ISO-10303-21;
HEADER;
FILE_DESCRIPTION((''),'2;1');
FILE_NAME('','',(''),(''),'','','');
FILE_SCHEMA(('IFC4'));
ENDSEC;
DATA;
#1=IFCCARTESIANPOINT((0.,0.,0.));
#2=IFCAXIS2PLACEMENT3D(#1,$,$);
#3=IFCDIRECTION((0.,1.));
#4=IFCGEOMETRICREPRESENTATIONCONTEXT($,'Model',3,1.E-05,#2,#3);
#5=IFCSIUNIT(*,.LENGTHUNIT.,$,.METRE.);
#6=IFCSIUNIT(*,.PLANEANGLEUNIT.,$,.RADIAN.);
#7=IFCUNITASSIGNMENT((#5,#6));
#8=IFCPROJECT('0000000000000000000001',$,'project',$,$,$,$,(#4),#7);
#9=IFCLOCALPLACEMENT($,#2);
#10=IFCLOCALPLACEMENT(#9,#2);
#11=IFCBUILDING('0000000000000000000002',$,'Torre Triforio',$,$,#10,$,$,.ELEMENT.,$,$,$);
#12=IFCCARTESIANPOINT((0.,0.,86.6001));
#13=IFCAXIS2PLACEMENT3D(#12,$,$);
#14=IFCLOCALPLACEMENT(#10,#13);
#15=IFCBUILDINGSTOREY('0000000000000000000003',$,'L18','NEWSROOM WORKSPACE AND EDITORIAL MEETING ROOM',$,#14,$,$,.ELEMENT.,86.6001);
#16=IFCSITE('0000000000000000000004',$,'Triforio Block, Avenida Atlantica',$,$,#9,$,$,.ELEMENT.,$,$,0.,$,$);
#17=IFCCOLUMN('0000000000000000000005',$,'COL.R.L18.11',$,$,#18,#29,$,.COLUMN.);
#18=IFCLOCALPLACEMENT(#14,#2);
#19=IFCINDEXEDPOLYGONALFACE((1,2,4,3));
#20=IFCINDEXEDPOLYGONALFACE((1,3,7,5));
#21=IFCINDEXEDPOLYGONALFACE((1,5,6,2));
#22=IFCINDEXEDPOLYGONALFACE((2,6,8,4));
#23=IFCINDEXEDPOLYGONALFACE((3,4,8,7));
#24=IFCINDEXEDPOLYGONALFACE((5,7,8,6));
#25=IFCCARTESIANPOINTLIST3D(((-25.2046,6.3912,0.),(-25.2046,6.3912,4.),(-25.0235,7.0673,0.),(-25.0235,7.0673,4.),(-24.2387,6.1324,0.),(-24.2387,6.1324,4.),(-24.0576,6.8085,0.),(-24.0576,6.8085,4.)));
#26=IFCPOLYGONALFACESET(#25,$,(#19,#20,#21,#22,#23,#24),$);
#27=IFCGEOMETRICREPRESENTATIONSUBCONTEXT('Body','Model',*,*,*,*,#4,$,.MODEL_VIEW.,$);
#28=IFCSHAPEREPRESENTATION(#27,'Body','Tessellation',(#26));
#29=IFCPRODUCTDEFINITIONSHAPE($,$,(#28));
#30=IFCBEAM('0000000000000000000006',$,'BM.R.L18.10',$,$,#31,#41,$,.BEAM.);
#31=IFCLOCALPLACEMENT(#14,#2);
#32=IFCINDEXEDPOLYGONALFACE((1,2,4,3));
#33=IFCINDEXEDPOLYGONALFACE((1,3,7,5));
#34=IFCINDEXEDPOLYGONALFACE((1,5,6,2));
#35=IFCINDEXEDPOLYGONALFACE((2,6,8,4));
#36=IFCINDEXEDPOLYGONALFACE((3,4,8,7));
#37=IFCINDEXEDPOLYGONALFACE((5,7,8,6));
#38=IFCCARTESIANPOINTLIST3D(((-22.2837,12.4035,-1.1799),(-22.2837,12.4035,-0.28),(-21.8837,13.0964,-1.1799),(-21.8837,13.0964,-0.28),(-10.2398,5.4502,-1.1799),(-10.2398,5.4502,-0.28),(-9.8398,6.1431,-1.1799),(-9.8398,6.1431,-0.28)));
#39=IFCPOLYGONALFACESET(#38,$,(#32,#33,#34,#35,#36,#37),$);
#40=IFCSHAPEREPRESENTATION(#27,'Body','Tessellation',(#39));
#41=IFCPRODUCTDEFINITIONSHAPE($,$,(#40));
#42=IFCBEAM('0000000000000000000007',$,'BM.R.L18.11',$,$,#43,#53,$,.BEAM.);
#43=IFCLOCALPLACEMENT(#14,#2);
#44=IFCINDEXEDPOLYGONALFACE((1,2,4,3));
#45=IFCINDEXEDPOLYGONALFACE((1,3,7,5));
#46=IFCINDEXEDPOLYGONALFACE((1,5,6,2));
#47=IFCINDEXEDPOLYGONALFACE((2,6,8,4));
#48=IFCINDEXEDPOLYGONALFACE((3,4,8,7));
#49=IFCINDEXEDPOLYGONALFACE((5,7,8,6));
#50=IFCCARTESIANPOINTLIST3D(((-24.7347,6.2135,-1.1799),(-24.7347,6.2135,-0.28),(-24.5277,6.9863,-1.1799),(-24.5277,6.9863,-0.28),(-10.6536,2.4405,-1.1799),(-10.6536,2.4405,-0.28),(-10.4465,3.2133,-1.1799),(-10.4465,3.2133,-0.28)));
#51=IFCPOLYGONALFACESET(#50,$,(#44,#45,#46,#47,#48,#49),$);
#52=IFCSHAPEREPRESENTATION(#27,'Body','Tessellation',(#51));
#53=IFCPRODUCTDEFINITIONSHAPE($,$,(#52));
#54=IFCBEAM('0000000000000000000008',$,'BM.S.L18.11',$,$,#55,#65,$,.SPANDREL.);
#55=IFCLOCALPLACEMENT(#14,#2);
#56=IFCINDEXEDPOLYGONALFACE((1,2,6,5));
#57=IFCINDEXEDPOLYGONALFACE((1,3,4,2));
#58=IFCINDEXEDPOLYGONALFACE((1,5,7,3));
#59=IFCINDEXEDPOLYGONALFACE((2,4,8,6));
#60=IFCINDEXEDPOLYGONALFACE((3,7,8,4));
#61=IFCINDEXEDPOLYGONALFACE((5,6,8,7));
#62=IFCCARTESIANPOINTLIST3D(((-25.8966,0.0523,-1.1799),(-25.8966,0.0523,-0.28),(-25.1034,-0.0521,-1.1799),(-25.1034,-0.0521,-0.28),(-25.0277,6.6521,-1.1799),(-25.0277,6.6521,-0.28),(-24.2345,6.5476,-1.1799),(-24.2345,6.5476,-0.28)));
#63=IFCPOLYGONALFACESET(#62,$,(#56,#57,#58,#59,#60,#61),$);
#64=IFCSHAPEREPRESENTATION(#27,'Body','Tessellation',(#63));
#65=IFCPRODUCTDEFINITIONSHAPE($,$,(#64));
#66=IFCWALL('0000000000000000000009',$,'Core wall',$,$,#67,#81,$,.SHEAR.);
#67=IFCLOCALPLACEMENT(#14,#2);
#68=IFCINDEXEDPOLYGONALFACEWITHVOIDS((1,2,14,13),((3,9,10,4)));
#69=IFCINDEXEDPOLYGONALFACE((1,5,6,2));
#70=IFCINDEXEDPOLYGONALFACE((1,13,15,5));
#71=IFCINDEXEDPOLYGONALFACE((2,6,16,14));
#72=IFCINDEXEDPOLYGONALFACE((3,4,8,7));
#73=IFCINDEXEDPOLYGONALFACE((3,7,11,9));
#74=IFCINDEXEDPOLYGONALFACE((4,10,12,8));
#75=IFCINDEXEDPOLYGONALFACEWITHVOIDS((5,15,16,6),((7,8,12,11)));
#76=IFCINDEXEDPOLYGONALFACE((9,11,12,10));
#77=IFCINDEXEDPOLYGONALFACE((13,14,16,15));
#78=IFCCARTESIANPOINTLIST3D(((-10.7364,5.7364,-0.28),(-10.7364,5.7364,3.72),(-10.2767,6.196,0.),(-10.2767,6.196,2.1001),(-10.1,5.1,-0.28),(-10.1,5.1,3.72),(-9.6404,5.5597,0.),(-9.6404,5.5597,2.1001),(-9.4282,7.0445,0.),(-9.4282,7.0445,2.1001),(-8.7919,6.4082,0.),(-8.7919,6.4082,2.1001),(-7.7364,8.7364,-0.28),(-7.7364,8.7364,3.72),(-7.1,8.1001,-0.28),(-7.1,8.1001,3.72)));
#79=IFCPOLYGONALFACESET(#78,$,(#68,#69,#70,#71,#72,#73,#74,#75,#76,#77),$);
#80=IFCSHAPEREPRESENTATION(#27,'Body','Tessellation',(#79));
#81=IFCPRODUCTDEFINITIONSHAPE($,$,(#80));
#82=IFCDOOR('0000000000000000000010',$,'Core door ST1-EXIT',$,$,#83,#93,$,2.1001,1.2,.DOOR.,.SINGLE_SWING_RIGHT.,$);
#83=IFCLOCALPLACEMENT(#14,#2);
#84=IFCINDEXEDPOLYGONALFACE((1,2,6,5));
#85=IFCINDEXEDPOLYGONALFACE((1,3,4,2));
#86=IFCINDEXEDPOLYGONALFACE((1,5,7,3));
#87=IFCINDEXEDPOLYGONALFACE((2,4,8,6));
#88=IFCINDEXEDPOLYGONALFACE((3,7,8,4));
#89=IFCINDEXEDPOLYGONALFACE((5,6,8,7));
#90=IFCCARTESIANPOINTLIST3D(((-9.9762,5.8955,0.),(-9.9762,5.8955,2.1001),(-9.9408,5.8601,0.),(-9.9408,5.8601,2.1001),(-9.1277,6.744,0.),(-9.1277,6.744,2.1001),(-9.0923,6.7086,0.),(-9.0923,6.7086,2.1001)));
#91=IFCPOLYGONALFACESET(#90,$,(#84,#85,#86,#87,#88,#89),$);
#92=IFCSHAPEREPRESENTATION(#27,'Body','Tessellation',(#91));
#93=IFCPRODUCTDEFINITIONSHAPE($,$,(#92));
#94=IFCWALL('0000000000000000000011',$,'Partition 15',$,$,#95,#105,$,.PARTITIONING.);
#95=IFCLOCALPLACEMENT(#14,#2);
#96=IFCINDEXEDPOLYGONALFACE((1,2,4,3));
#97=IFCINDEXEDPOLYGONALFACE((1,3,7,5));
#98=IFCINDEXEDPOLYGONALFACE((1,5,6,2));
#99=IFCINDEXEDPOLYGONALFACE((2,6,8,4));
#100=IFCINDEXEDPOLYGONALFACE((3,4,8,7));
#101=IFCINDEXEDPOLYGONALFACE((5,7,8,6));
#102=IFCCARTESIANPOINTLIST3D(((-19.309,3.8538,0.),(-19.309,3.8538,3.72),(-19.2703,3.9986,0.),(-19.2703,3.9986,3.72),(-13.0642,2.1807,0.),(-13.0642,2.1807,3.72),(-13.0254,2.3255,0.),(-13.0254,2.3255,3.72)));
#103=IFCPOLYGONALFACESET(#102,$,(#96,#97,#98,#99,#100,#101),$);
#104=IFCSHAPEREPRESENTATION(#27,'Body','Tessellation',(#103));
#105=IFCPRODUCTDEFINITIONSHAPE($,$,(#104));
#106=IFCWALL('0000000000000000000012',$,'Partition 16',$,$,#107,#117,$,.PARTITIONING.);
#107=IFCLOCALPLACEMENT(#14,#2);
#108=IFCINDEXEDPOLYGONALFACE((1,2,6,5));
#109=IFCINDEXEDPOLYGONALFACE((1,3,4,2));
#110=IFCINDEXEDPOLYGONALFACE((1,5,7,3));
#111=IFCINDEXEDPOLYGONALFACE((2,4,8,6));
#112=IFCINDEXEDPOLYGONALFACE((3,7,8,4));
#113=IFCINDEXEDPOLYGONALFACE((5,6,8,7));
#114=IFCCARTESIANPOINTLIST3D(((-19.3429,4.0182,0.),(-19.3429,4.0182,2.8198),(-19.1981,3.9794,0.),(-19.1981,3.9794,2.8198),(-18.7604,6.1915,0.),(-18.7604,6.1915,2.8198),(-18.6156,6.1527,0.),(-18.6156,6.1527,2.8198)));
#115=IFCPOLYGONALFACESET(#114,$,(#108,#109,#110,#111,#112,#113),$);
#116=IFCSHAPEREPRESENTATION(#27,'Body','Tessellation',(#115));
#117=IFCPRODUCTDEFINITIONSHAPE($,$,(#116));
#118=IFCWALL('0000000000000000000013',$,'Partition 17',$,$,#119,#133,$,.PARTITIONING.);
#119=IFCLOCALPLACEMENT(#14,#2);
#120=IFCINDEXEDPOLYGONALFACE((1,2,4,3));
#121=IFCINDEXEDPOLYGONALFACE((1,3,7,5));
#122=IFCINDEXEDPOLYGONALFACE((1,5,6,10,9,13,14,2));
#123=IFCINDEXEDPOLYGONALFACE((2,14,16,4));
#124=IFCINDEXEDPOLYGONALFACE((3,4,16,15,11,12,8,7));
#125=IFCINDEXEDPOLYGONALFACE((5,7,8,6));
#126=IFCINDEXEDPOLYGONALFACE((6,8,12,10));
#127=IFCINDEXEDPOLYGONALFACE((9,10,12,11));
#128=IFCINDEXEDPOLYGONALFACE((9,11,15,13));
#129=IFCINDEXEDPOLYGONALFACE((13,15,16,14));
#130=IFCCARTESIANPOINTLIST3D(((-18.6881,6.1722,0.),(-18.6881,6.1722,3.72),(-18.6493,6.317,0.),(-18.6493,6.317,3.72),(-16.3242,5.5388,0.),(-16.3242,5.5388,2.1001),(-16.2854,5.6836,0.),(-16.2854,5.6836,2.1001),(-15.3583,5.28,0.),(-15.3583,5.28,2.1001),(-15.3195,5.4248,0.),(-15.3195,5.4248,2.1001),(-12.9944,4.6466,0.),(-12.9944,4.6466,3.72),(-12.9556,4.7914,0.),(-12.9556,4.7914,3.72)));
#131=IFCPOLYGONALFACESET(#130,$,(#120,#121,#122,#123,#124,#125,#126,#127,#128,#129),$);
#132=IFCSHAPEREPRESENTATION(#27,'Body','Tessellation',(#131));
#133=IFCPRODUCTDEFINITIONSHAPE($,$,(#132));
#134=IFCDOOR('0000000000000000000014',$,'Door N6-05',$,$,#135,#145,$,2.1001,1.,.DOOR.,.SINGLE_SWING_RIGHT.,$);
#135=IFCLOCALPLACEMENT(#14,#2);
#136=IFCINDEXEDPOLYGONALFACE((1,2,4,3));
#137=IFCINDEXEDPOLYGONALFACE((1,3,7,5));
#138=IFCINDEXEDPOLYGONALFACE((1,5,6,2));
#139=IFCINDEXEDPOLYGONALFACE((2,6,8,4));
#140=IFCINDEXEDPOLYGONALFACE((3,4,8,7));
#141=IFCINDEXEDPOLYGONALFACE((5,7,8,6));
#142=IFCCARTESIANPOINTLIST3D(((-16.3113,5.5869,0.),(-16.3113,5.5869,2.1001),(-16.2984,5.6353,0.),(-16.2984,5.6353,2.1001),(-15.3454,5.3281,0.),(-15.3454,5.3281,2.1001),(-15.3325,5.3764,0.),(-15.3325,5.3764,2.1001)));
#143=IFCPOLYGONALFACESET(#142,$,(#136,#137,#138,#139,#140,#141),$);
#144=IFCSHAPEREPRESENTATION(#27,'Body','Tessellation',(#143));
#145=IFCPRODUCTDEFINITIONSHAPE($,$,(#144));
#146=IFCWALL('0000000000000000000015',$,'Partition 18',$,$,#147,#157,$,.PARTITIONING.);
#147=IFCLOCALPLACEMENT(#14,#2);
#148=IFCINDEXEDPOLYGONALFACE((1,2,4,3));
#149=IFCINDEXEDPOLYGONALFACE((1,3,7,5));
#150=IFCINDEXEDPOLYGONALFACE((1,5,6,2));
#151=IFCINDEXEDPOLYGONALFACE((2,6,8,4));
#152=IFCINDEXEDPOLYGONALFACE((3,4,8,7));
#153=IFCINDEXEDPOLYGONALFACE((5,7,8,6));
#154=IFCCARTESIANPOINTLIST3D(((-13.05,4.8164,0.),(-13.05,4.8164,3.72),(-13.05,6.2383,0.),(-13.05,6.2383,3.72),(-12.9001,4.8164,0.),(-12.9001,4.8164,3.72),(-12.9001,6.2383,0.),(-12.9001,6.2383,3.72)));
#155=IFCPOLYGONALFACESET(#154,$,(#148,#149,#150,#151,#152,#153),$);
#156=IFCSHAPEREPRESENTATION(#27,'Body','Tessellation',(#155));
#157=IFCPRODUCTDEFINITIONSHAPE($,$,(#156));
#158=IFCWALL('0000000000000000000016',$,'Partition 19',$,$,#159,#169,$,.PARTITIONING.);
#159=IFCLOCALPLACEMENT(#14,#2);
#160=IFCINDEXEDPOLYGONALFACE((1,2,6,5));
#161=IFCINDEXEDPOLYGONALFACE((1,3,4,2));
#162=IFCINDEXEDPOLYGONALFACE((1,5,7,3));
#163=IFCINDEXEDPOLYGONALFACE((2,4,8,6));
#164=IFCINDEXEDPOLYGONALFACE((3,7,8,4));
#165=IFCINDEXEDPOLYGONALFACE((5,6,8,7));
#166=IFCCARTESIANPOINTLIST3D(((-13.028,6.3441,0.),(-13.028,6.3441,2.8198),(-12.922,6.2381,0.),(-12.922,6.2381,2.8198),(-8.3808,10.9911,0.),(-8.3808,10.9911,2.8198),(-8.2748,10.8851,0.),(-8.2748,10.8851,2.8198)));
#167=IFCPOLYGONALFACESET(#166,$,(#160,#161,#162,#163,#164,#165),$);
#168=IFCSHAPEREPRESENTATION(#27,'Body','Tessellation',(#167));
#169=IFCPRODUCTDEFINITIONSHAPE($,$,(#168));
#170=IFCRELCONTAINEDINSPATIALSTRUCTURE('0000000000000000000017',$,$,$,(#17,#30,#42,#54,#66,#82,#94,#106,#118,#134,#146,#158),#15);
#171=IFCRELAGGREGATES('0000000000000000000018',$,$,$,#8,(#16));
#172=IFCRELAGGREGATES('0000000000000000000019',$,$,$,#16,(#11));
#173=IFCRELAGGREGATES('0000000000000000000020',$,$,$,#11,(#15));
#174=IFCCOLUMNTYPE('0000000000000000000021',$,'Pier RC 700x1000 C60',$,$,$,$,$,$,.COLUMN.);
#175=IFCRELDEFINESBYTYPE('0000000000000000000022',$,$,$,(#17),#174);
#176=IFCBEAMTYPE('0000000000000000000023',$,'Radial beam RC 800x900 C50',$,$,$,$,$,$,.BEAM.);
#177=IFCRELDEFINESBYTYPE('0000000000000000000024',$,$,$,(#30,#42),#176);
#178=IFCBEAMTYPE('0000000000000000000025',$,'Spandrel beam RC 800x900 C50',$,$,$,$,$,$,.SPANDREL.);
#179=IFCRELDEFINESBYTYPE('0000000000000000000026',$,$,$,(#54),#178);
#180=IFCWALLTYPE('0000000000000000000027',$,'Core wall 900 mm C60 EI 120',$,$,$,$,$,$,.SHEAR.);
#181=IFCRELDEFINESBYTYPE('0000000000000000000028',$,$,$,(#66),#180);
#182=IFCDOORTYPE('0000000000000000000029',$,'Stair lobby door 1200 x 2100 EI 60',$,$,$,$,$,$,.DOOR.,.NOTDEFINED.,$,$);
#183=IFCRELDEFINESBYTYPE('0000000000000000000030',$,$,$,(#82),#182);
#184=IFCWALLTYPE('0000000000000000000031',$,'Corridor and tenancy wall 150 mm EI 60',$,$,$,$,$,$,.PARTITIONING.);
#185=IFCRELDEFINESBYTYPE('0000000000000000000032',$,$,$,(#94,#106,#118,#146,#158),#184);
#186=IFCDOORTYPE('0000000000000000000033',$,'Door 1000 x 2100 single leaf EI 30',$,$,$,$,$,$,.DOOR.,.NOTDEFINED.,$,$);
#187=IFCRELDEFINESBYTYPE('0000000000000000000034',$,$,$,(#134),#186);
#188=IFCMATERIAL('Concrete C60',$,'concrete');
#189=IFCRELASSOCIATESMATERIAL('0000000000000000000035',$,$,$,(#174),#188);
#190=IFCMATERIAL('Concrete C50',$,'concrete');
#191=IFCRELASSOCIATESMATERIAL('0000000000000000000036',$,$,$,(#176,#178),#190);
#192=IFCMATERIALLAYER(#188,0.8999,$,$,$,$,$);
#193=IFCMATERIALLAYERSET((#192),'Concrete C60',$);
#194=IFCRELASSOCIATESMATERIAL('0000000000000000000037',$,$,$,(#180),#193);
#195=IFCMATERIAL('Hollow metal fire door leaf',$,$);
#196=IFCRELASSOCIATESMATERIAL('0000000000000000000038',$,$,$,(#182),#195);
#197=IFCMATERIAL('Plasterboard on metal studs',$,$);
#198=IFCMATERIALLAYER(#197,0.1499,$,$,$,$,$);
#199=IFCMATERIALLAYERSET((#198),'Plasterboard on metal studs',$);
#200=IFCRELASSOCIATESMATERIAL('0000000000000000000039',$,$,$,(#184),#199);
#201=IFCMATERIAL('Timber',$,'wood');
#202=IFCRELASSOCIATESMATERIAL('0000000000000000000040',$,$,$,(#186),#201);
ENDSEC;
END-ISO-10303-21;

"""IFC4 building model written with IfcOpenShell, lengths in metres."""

from ifc_helpers import new_model, si_unit, direction, frame, frame_2d, origin, origin_2d, place, context, subcontext, project, spatial, rectangle, extrude, material, layer, layer_set, material_profile, profile_set, type_object, element, fill, save


model = new_model("IFC4")

# Units and contexts
model_context = context("Model", 3, precision=1e-05, world=origin(), true_north=direction((0.0, 1.0)))
body_context = subcontext(model_context, "Body", "Model", "MODEL_VIEW")
ifc_project = project(units=[si_unit("LENGTHUNIT", "METRE"), si_unit("PLANEANGLEUNIT", "RADIAN")], contexts=[model_context])

# Site, building, storey
site_placement = place(None, origin())
site = spatial("IfcSite", under=ifc_project, at=site_placement, Name="Triforio Block, Avenida Atlantica", CompositionType="ELEMENT", RefElevation=0.0)
building_placement = place(site_placement, origin())
building = spatial("IfcBuilding", under=site, at=building_placement, Name="Torre Triforio", CompositionType="ELEMENT")
storey_placement = place(building_placement, frame((0.0, 0.0, 86.6001)))
storey = spatial("IfcBuildingStorey", under=building, at=storey_placement, Name="L18", Description="NEWSROOM WORKSPACE AND EDITORIAL MEETING ROOM", CompositionType="ELEMENT", Elevation=86.6001)

# Column
ifc_material_1 = material(Name="Concrete C60", Category="concrete")
ifc_material_profile_1 = material_profile(ifc_material_1, rectangle(XDim=0.7, YDim=1.0, at=origin_2d()), Name="RC 700x1000")
ifc_profile_set_1 = profile_set([ifc_material_profile_1], Name="Concrete C60")
column_type = type_object("IfcColumnType", Name="Pier RC 700x1000 C60", PredefinedType="COLUMN", material=ifc_profile_set_1)
column_placement = place(storey_placement, frame((-24.6311, 6.5999, 0.0), z_axis=(0.0, 0.0, 1.0), x_axis=(-0.258819, -0.965926, 0.0)))
element("IfcColumn", 1, at=column_placement, inside=storey, type_object=column_type, Name="COL.R.L18.11", PredefinedType="COLUMN", context=body_context, shape_type="SweptSolid", body=[
    extrude(rectangle(XDim=0.7, YDim=1.0, at=origin_2d()), origin(), (0.0, 0.0, 1.0), 4.0),
])

# Beams
ifc_material_2 = material(Name="Concrete C50", Category="concrete")
ifc_material_profile_2 = material_profile(ifc_material_2, rectangle(XDim=0.8, YDim=0.8999, at=origin_2d()), Name="RC 800x900")
ifc_profile_set_2 = profile_set([ifc_material_profile_2], Name="Concrete C50")
beam_type_1 = type_object("IfcBeamType", Name="Radial beam RC 800x900 C50", PredefinedType="BEAM", material=ifc_profile_set_2)
beam_1_placement = place(storey_placement, frame((-10.0398, 5.7966, -0.73), z_axis=(-0.866032, 0.499989, 0.0), x_axis=(-0.499989, -0.866032, 0.0)))
element("IfcBeam", 2, at=beam_1_placement, inside=storey, type_object=beam_type_1, Name="BM.R.L18.10", PredefinedType="BEAM", context=body_context, shape_type="SweptSolid", body=[
    extrude(rectangle(XDim=0.8, YDim=0.8999, at=origin_2d()), origin(), (0.0, 0.0, 1.0), 13.907),
])
beam_2_placement = place(storey_placement, frame((-10.55, 2.8269, -0.73), z_axis=(-0.965927, 0.258815, 0.0), x_axis=(-0.258815, -0.965927, 0.0)))
element("IfcBeam", 3, at=beam_2_placement, inside=storey, type_object=beam_type_1, Name="BM.R.L18.11", PredefinedType="BEAM", context=body_context, shape_type="SweptSolid", body=[
    extrude(rectangle(XDim=0.8, YDim=0.8999, at=origin_2d()), origin(), (0.0, 0.0, 1.0), 14.5779),
])
ifc_material_profile_3 = material_profile(ifc_material_2, rectangle(XDim=0.8, YDim=0.8999, at=origin_2d()), Name="RC 800x900")
ifc_profile_set_3 = profile_set([ifc_material_profile_3], Name="Concrete C50")
beam_type_2 = type_object("IfcBeamType", Name="Spandrel beam RC 800x900 C50", PredefinedType="SPANDREL", material=ifc_profile_set_3)
beam_3_placement = place(storey_placement, frame((-24.6311, 6.5999, -0.73), z_axis=(-0.130528, -0.991445, 0.0), x_axis=(0.991445, -0.130528, 0.0)))
element("IfcBeam", 4, at=beam_3_placement, inside=storey, type_object=beam_type_2, Name="BM.S.L18.11", PredefinedType="SPANDREL", context=body_context, shape_type="SweptSolid", body=[
    extrude(rectangle(XDim=0.8, YDim=0.8999, at=origin_2d()), origin(), (0.0, 0.0, 1.0), 6.6567),
])

# Wall, opening, door
ifc_layer_1 = layer(ifc_material_1, 0.8999)
ifc_layer_set_1 = layer_set([ifc_layer_1], Name="Concrete C60")
wall_type_1 = type_object("IfcWallType", Name="Core wall 900 mm C60 EI 120", PredefinedType="SHEAR", material=ifc_layer_set_1)
wall_1_placement = place(storey_placement, frame((-10.4182, 5.4182, -0.28), z_axis=(0.0, 0.0, 1.0), x_axis=(0.707107, 0.707107, 0.0)))
wall_1 = element("IfcWall", 5, at=wall_1_placement, inside=storey, type_object=wall_type_1, Name="Core wall", PredefinedType="SHEAR", context=body_context, shape_type="SweptSolid", body=[
    extrude(rectangle(XDim=4.2427, YDim=0.8999, at=frame_2d((2.1213, 0.0))), origin(), (0.0, 0.0, 1.0), 4.0),
])
opening_1_placement = place(wall_1_placement, frame((0.6499, 0.0, 0.28)))
opening_1 = element("IfcOpeningElement", 6, at=opening_1_placement, cuts=wall_1, PredefinedType="OPENING", context=body_context, shape_type="SweptSolid", body=[
    extrude(rectangle(XDim=1.2, YDim=2.1001, at=frame_2d((0.6001, 1.05))), frame((0.0, 0.46, 0.0), z_axis=(0.0, -1.0, 0.0), x_axis=(1.0, 0.0, 0.0)), (0.0, 0.0, 1.0), 0.9199),
])
ifc_material_3 = material(Name="Hollow metal fire door leaf")
door_type_1 = type_object("IfcDoorType", Name="Stair lobby door 1200 x 2100 EI 60", OperationType="NOTDEFINED", PredefinedType="DOOR", material=ifc_material_3)
door_1_placement = place(opening_1_placement, origin())
door_1 = element("IfcDoor", 7, at=door_1_placement, inside=storey, type_object=door_type_1, Name="Core door ST1-EXIT", OperationType="SINGLE_SWING_RIGHT", OverallHeight=2.1001, OverallWidth=1.2, PredefinedType="DOOR", context=body_context, shape_type="SweptSolid", body=[
    extrude(rectangle(XDim=1.2, YDim=2.1001, at=frame_2d((0.6001, 1.05))), frame((0.0, 0.0249, 0.0), z_axis=(0.0, -1.0, 0.0), x_axis=(1.0, 0.0, 0.0)), (0.0, 0.0, 1.0), 0.05),
])
fill(opening_1, door_1)

# Walls
ifc_material_4 = material(Name="Plasterboard on metal studs")
ifc_layer_2 = layer(ifc_material_4, 0.1499)
ifc_layer_set_2 = layer_set([ifc_layer_2], Name="Plasterboard on metal studs")
wall_type_2 = type_object("IfcWallType", Name="Corridor and tenancy wall 150 mm EI 60", PredefinedType="PARTITIONING", material=ifc_layer_set_2)
wall_2_placement = place(storey_placement, frame((-13.0449, 2.2532, 0.0), z_axis=(0.0, 0.0, 1.0), x_axis=(-0.965934, 0.258788, 0.0)))
element("IfcWall", 8, at=wall_2_placement, inside=storey, type_object=wall_type_2, Name="Partition 15", PredefinedType="PARTITIONING", context=body_context, shape_type="SweptSolid", body=[
    extrude(rectangle(XDim=6.4651, YDim=0.1499, at=frame_2d((3.2324, 0.0))), origin(), (0.0, 0.0, 1.0), 3.72),
])
wall_3_placement = place(storey_placement, frame((-19.2705, 3.9988, 0.0), z_axis=(0.0, 0.0, 1.0), x_axis=(0.258892, 0.965906, 0.0)))
element("IfcWall", 9, at=wall_3_placement, inside=storey, type_object=wall_type_2, Name="Partition 16", PredefinedType="PARTITIONING", context=body_context, shape_type="SweptSolid", body=[
    extrude(rectangle(XDim=2.25, YDim=0.1499, at=frame_2d((1.125, 0.0))), origin(), (0.0, 0.0, 1.0), 2.8198),
])

# Wall, opening, door
wall_4_placement = place(storey_placement, frame((-18.6687, 6.2446, 0.0), z_axis=(0.0, 0.0, 1.0), x_axis=(0.965924, -0.258825, 0.0)))
wall_4 = element("IfcWall", 10, at=wall_4_placement, inside=storey, type_object=wall_type_2, Name="Partition 17", PredefinedType="PARTITIONING", context=body_context, shape_type="SweptSolid", body=[
    extrude(rectangle(XDim=5.8945, YDim=0.1499, at=frame_2d((2.9473, 0.0))), origin(), (0.0, 0.0, 1.0), 3.72),
])
opening_2_placement = place(wall_4_placement, frame((2.4473, 0.0, 0.0)))
opening_2 = element("IfcOpeningElement", 11, at=opening_2_placement, cuts=wall_4, PredefinedType="OPENING", context=body_context, shape_type="SweptSolid", body=[
    extrude(rectangle(XDim=1.0, YDim=2.1001, at=frame_2d((0.5, 1.05))), frame((0.0, 0.085, 0.0), z_axis=(0.0, -1.0, 0.0), x_axis=(1.0, 0.0, 0.0)), (0.0, 0.0, 1.0), 0.1699),
])
ifc_material_5 = material(Name="Timber", Category="wood")
door_type_2 = type_object("IfcDoorType", Name="Door 1000 x 2100 single leaf EI 30", OperationType="NOTDEFINED", PredefinedType="DOOR", material=ifc_material_5)
door_2_placement = place(opening_2_placement, origin())
door_2 = element("IfcDoor", 12, at=door_2_placement, inside=storey, type_object=door_type_2, Name="Door N6-05", OperationType="SINGLE_SWING_RIGHT", OverallHeight=2.1001, OverallWidth=1.0, PredefinedType="DOOR", context=body_context, shape_type="SweptSolid", body=[
    extrude(rectangle(XDim=1.0, YDim=2.1001, at=frame_2d((0.5, 1.05))), frame((0.0, 0.0249, 0.0), z_axis=(0.0, -1.0, 0.0), x_axis=(1.0, 0.0, 0.0)), (0.0, 0.0, 1.0), 0.05),
])
fill(opening_2, door_2)

# Walls
wall_5_placement = place(storey_placement, frame((-12.9751, 4.8164, 0.0), z_axis=(0.0, 0.0, 1.0), x_axis=(0.0, 1.0, 0.0)))
element("IfcWall", 13, at=wall_5_placement, inside=storey, type_object=wall_type_2, Name="Partition 18", PredefinedType="PARTITIONING", context=body_context, shape_type="SweptSolid", body=[
    extrude(rectangle(XDim=1.4219, YDim=0.1499, at=frame_2d((0.7109, 0.0))), origin(), (0.0, 0.0, 1.0), 3.72),
])
wall_6_placement = place(storey_placement, frame((-12.9751, 6.291, 0.0), z_axis=(0.0, 0.0, 1.0), x_axis=(0.707125, 0.707088, 0.0)))
element("IfcWall", 14, at=wall_6_placement, inside=storey, type_object=wall_type_2, Name="Partition 19", PredefinedType="PARTITIONING", context=body_context, shape_type="SweptSolid", body=[
    extrude(rectangle(XDim=6.572, YDim=0.1499, at=frame_2d((3.2861, 0.0))), origin(), (0.0, 0.0, 1.0), 2.8198),
])

save(model, "model.ifc")
